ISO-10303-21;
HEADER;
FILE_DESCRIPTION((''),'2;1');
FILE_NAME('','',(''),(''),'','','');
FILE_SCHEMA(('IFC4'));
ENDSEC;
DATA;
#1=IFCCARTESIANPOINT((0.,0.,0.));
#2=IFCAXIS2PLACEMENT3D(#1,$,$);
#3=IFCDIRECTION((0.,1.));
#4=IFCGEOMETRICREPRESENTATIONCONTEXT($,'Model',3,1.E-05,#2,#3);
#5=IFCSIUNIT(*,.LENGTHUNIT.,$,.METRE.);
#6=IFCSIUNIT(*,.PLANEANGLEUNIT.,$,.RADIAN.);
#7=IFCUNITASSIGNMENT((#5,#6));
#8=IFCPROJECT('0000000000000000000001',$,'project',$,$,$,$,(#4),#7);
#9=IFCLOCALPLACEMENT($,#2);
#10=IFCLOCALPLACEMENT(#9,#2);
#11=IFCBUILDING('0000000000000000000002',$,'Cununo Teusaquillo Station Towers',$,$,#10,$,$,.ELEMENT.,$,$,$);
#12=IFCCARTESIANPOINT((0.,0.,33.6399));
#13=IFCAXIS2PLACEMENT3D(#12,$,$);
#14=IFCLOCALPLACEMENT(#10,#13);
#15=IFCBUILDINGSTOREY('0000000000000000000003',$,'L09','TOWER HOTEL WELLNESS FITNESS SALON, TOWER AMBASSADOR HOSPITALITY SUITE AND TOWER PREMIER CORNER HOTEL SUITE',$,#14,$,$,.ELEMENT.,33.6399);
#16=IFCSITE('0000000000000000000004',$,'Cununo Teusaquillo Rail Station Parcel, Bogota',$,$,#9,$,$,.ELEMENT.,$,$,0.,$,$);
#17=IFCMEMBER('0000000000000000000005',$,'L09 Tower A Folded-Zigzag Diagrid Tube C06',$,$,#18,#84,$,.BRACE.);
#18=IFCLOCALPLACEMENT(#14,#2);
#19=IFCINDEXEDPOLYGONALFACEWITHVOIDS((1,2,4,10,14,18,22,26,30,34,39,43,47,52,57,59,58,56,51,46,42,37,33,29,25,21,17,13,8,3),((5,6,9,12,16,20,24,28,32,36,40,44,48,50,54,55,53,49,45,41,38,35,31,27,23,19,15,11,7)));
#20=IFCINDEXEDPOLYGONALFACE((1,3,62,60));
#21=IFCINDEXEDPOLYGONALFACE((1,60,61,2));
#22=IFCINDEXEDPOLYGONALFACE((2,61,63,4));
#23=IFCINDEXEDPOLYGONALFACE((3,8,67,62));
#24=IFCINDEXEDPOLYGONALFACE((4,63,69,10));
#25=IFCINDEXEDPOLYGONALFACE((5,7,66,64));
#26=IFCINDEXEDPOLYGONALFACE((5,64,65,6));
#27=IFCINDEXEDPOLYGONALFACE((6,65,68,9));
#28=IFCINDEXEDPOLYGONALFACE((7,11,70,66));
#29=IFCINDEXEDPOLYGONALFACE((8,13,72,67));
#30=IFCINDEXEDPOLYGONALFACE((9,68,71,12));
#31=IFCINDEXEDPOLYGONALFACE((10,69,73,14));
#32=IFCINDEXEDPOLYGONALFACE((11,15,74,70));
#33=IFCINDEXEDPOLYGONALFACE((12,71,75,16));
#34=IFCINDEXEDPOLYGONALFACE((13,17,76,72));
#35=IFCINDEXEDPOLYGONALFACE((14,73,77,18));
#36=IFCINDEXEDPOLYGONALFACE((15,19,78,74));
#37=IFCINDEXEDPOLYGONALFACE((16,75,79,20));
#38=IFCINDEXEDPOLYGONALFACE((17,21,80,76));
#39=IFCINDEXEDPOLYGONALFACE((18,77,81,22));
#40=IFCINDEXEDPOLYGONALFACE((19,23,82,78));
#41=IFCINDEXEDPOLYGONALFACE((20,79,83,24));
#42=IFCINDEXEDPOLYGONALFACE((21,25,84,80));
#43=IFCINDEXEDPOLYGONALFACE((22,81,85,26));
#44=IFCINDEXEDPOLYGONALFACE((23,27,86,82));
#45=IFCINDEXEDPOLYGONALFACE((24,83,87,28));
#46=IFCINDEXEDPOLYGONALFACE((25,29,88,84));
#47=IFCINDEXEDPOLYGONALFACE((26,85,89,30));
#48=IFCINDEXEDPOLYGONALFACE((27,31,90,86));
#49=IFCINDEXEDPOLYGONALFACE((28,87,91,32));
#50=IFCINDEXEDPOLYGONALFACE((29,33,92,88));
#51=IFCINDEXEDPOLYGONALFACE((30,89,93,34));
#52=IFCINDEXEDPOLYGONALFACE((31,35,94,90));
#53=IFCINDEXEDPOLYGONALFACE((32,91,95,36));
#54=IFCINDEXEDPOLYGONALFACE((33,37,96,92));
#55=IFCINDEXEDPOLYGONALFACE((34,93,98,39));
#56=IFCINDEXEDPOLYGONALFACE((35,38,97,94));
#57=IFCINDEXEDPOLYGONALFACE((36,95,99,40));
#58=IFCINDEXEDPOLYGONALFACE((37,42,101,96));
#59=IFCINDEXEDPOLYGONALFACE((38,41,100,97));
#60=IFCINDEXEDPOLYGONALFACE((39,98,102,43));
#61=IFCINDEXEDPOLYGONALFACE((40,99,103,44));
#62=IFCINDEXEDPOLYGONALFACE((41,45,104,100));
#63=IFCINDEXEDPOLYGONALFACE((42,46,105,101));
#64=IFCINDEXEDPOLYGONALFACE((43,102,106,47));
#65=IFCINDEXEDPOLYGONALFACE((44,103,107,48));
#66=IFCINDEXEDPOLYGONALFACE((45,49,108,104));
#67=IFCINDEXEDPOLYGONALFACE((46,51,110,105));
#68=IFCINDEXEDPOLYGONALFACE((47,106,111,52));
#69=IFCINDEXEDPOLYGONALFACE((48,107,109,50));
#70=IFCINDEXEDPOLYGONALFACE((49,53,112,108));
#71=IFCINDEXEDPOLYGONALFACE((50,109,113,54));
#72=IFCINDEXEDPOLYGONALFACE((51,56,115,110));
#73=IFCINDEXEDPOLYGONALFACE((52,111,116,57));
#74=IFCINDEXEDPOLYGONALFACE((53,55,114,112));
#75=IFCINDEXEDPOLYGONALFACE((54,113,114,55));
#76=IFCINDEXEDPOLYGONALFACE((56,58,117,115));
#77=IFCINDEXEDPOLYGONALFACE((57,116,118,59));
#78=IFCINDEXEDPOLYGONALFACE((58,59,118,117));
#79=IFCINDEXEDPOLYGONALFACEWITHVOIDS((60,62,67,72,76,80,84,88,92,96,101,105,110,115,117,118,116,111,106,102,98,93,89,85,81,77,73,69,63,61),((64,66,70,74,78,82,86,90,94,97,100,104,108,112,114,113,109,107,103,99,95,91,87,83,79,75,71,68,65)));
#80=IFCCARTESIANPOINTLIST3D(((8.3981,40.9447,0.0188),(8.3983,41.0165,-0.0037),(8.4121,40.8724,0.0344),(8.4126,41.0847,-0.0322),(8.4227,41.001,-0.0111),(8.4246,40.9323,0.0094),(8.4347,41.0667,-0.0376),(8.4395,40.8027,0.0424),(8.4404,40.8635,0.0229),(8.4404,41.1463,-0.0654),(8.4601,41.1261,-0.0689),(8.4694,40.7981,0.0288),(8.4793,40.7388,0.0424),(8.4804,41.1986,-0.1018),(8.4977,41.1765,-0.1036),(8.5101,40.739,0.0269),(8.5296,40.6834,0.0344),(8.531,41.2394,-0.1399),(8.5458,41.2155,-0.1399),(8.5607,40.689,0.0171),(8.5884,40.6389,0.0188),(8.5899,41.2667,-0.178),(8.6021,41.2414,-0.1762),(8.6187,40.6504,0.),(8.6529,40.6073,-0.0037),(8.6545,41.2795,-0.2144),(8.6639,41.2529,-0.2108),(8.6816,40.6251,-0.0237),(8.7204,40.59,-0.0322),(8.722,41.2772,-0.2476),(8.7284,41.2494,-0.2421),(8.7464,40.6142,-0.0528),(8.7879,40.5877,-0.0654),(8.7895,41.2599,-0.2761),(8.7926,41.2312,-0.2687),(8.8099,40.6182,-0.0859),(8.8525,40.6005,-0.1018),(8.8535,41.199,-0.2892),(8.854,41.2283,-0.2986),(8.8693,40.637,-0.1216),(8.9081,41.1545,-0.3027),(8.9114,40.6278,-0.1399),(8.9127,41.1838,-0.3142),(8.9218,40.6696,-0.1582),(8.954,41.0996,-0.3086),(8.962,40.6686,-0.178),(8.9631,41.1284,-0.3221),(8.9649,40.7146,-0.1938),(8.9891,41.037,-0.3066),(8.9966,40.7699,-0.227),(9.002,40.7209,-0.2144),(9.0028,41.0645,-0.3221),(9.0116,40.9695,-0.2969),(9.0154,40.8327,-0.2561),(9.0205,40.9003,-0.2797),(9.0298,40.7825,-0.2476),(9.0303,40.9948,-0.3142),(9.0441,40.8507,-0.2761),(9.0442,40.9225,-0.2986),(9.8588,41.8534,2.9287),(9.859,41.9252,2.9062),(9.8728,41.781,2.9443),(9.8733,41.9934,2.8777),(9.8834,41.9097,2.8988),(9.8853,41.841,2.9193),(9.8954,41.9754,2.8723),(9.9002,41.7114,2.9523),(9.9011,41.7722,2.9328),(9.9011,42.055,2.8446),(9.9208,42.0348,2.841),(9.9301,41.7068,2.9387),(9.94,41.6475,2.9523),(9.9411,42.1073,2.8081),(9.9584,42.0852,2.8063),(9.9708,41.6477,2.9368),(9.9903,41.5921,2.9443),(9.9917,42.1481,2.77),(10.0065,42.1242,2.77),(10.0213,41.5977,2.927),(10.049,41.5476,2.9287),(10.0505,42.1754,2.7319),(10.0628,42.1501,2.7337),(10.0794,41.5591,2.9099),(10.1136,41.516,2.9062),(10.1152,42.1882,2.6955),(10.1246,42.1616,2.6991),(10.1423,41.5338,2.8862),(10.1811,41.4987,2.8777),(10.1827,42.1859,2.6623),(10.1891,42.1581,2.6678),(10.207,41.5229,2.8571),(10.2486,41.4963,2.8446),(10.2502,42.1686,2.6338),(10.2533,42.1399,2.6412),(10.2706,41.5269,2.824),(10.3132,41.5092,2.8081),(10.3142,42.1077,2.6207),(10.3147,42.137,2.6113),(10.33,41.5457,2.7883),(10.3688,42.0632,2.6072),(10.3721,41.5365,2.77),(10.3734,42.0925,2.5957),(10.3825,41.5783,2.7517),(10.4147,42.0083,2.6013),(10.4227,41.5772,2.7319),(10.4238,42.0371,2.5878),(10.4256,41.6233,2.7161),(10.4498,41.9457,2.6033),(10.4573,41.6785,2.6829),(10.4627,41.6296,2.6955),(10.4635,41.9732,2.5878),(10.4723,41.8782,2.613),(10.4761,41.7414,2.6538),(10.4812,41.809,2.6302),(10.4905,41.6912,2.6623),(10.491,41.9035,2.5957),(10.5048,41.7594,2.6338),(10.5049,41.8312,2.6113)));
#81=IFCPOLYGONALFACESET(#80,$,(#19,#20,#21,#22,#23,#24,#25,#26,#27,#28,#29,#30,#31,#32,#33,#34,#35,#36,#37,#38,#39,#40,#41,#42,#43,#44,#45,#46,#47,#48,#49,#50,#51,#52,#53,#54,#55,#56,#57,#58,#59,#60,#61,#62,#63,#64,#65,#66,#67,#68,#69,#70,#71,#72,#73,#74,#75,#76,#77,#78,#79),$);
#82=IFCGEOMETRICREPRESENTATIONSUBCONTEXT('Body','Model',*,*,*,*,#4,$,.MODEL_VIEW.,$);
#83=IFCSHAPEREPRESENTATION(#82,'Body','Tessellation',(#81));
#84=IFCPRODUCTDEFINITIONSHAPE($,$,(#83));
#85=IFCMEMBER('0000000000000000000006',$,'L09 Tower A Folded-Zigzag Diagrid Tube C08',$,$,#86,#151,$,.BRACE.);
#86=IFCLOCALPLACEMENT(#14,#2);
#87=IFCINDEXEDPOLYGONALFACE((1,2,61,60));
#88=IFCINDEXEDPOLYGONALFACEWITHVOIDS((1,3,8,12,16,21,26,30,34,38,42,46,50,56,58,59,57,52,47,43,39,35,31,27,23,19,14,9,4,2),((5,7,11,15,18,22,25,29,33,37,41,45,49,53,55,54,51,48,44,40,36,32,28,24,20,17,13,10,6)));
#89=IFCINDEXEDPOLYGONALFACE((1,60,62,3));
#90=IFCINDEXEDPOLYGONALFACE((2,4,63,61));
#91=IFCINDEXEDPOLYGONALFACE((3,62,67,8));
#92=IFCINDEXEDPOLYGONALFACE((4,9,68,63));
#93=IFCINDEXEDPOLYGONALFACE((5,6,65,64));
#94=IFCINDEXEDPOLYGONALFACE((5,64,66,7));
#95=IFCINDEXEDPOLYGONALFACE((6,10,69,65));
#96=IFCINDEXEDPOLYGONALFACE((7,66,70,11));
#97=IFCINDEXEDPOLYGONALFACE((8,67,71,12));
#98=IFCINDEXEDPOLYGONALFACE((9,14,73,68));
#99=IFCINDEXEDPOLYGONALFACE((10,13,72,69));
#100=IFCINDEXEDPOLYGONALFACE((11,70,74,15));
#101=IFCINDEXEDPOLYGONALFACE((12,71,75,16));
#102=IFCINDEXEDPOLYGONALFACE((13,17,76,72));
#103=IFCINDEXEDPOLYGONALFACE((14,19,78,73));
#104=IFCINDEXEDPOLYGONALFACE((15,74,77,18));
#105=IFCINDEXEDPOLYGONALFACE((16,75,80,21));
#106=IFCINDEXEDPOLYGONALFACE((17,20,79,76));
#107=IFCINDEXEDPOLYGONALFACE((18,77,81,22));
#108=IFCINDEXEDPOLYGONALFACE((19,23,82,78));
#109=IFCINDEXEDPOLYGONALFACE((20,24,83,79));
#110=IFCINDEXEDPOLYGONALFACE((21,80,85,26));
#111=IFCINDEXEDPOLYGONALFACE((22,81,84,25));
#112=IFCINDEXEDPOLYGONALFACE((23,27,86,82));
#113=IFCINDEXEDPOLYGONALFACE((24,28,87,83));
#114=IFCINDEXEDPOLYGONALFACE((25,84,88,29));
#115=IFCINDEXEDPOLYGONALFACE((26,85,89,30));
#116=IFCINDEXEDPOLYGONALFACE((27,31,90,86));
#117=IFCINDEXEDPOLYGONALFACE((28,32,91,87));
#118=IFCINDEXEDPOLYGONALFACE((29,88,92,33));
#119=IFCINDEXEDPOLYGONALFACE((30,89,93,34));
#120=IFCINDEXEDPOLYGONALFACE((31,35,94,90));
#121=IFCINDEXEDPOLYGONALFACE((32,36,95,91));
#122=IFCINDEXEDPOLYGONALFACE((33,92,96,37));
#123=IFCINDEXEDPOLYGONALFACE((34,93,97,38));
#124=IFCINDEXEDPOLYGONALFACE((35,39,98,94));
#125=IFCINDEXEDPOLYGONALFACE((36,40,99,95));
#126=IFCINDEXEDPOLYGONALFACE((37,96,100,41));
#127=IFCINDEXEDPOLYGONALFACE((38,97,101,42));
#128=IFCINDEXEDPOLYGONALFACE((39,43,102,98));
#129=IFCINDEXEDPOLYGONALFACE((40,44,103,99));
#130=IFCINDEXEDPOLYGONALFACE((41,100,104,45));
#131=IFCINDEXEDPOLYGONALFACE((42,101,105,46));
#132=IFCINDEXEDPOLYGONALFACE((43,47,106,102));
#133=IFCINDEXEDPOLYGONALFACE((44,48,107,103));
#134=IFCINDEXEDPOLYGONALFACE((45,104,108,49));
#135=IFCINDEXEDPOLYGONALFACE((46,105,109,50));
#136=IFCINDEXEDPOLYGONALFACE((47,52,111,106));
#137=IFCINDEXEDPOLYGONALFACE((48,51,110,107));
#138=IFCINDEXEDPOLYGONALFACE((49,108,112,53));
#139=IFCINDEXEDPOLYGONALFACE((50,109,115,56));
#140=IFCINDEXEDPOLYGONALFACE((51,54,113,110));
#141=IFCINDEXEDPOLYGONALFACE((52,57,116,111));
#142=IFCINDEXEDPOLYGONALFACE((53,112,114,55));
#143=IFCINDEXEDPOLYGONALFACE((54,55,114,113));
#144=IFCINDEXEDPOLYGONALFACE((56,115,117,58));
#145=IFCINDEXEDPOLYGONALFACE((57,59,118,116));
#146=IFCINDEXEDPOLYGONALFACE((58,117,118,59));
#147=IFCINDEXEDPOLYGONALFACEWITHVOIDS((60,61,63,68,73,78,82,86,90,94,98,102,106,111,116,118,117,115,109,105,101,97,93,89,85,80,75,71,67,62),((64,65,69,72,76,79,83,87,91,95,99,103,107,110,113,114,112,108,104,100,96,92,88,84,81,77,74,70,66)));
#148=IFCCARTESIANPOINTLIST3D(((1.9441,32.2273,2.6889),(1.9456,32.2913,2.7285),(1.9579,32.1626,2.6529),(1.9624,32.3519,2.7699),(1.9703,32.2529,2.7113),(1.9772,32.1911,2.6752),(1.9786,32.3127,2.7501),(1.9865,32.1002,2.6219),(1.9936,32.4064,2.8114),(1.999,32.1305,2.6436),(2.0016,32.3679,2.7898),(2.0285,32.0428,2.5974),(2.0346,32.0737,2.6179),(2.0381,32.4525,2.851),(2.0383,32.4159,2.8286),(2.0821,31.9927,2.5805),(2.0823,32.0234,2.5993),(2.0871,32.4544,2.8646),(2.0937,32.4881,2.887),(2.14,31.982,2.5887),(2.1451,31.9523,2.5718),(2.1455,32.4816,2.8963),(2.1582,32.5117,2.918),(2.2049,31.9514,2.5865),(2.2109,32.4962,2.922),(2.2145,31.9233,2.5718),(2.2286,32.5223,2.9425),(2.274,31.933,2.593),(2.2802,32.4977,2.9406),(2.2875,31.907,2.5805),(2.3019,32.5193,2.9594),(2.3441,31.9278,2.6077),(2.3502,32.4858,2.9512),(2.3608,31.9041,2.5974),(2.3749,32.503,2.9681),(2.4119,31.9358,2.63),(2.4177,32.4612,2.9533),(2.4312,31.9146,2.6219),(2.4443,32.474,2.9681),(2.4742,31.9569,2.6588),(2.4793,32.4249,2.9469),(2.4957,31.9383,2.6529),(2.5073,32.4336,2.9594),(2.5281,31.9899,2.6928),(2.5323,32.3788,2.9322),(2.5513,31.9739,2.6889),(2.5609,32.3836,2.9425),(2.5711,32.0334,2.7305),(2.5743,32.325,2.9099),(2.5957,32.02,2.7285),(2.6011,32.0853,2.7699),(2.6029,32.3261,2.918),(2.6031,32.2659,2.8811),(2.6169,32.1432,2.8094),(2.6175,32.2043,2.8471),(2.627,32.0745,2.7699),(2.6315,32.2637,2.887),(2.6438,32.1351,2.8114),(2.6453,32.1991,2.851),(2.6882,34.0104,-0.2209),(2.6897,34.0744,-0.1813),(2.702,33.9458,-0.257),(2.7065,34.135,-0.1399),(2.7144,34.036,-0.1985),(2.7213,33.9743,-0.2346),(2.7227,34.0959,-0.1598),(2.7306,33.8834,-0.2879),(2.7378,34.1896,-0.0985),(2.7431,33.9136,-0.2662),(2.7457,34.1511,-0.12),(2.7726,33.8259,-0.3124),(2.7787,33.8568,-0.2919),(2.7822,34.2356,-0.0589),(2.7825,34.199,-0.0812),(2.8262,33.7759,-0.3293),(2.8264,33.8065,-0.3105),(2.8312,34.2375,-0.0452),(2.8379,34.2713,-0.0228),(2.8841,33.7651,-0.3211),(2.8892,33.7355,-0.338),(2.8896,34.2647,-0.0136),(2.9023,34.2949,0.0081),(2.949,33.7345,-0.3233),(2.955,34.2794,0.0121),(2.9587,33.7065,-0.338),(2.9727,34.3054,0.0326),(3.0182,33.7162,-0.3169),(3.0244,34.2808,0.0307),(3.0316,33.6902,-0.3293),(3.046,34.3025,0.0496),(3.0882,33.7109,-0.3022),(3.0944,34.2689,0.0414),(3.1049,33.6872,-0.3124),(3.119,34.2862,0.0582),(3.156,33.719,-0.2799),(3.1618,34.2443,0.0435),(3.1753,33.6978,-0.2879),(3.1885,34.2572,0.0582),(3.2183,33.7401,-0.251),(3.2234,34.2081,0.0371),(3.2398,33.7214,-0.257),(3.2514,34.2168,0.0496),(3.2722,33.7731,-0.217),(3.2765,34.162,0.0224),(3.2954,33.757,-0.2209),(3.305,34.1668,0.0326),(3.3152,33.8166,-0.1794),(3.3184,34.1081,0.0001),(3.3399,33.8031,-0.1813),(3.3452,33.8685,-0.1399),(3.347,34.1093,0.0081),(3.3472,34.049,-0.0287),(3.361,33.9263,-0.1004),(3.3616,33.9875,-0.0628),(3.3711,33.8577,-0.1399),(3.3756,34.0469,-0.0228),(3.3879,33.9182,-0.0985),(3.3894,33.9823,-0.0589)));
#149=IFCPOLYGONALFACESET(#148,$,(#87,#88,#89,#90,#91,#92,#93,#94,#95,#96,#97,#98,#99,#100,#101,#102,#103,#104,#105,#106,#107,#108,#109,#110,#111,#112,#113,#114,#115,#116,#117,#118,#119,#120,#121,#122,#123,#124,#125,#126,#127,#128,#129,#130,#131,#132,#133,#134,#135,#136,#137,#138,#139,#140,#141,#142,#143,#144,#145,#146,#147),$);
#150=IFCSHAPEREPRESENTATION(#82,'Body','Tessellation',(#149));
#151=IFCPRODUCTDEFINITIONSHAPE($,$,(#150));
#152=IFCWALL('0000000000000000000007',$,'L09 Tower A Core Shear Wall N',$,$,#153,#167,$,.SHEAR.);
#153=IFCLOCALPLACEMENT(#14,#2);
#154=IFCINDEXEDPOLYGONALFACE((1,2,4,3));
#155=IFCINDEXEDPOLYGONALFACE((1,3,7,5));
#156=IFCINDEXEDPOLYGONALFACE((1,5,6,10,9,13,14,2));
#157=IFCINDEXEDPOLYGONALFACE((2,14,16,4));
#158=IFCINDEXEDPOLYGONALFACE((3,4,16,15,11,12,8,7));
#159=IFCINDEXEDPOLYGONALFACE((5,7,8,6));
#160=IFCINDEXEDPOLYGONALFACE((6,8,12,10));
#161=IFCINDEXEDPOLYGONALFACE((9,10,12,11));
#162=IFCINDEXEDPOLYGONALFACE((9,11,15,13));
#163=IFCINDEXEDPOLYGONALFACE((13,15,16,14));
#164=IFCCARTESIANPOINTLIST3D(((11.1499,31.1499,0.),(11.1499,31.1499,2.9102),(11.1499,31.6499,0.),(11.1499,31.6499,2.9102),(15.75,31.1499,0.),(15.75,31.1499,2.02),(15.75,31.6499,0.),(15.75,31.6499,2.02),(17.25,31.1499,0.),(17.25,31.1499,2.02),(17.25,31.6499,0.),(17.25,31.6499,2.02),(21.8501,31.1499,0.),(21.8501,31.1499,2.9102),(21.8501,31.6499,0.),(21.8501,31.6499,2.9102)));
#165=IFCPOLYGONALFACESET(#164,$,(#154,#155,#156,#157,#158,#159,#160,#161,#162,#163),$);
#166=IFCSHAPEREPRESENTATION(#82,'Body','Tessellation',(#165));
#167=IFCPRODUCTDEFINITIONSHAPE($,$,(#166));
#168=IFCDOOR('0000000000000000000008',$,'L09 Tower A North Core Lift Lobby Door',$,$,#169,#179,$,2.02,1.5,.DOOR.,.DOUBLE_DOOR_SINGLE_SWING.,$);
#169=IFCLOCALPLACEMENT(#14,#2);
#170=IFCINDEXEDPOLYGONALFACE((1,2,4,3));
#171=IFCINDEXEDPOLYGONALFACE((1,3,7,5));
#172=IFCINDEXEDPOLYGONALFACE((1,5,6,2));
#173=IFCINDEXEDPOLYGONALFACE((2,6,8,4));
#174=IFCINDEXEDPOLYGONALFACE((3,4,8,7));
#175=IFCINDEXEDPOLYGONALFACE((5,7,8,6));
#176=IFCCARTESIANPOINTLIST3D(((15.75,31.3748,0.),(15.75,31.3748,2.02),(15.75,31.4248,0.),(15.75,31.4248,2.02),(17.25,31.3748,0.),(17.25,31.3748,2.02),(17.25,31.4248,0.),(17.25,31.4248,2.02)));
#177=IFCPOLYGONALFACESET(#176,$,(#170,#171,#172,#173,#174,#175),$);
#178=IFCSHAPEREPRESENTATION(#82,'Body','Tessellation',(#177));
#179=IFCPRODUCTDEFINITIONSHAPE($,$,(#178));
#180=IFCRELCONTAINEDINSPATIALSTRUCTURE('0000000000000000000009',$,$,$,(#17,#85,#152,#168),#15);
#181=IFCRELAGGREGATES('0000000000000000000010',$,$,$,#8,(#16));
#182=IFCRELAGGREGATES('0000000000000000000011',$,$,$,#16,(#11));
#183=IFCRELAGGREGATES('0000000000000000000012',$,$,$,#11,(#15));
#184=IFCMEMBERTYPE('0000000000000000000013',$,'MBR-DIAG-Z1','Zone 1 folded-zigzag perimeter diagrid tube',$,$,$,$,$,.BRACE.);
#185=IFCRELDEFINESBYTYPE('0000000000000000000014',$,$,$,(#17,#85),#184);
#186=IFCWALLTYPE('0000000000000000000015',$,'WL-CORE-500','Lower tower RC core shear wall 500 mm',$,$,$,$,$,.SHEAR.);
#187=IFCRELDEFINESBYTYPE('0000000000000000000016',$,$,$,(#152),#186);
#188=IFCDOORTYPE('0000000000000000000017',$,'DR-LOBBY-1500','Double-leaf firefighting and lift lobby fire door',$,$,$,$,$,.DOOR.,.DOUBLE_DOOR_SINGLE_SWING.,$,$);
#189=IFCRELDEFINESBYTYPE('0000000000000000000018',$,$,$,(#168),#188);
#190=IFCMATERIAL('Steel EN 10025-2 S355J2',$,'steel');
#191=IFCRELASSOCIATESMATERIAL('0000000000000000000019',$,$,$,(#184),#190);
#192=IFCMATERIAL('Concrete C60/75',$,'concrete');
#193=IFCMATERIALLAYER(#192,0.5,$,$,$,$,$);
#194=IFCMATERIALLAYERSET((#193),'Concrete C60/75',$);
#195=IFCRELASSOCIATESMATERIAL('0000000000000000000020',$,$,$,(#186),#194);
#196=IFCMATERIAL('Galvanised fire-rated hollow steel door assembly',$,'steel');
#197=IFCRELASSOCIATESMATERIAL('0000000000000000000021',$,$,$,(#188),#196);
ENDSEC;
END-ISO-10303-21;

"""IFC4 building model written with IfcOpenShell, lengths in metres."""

from ifc_helpers import new_model, si_unit, direction, frame, frame_2d, origin, origin_2d, place, context, subcontext, project, spatial, rectangle, hollow_circle, extrude, source, transform, mapped, material, layer, layer_set, material_profile, profile_set, type_object, element, fill, save


model = new_model("IFC4")

# Units and contexts
model_context = context("Model", 3, precision=1e-05, world=origin(), true_north=direction((0.0, 1.0)))
body_context = subcontext(model_context, "Body", "Model", "MODEL_VIEW")
ifc_project = project(units=[si_unit("LENGTHUNIT", "METRE"), si_unit("PLANEANGLEUNIT", "RADIAN")], contexts=[model_context])

# Site, building, storey
site_placement = place(None, origin())
site = spatial("IfcSite", under=ifc_project, at=site_placement, Name="Cununo Teusaquillo Rail Station Parcel, Bogota", CompositionType="ELEMENT", RefElevation=0.0)
building_placement = place(site_placement, origin())
building = spatial("IfcBuilding", under=site, at=building_placement, Name="Cununo Teusaquillo Station Towers", CompositionType="ELEMENT")
storey_placement = place(building_placement, frame((0.0, 0.0, 33.6399)))
storey = spatial("IfcBuildingStorey", under=building, at=storey_placement, Name="L09", Description="TOWER HOTEL WELLNESS FITNESS SALON, TOWER AMBASSADOR HOSPITALITY SUITE AND TOWER PREMIER CORNER HOTEL SUITE", CompositionType="ELEMENT", Elevation=33.6399)

# Members
ifc_material_1 = material(Name="Steel EN 10025-2 S355J2", Category="steel")
ifc_material_profile_1 = material_profile(ifc_material_1, hollow_circle(Radius=0.3601, WallThickness=0.0281, at=origin_2d()), Name="CHS 720x28")
ifc_profile_set_1 = profile_set([ifc_material_profile_1], Name="Steel EN 10025-2 S355J2")
member_type = type_object("IfcMemberType", Name="MBR-DIAG-Z1", Description="Zone 1 folded-zigzag perimeter diagrid tube", PredefinedType="BRACE", material=ifc_profile_set_1)
member_1_placement = place(storey_placement, frame((8.7212, 40.9336, -0.1399), z_axis=(0.43211, 0.268814, 0.860825), x_axis=(-0.528225, 0.849105, 0.0)))
element("IfcMember", 1, at=member_1_placement, inside=storey, type_object=member_type, Name="L09 Tower A Folded-Zigzag Diagrid Tube C06", PredefinedType="BRACE", context=body_context, shape_type="SweptSolid", body=[
    extrude(hollow_circle(Radius=0.3601, WallThickness=0.0281, at=origin_2d()), origin(), (0.0, 0.0, 1.0), 3.3804),
])
member_2_placement = place(storey_placement, frame((3.0388, 33.9963, -0.1399), z_axis=(-0.213037, -0.510506, 0.833066), x_axis=(0.922867, -0.385118, 0.0)))
element("IfcMember", 2, at=member_2_placement, inside=storey, type_object=member_type, Name="L09 Tower A Folded-Zigzag Diagrid Tube C08", PredefinedType="BRACE", context=body_context, shape_type="SweptSolid", body=[
    extrude(hollow_circle(Radius=0.3601, WallThickness=0.0281, at=origin_2d()), origin(), (0.0, 0.0, 1.0), 3.4929),
])

# Wall, opening, door
ifc_material_2 = material(Name="Concrete C60/75", Category="concrete")
ifc_layer_1 = layer(ifc_material_2, 0.5)
ifc_layer_set_1 = layer_set([ifc_layer_1], Name="Concrete C60/75")
wall_type_1 = type_object("IfcWallType", Name="WL-CORE-500", Description="Lower tower RC core shear wall 500 mm", PredefinedType="SHEAR", material=ifc_layer_set_1)
wall_1_placement = place(storey_placement, frame((11.1499, 31.3999, 0.0), z_axis=(0.0, 0.0, 1.0), x_axis=(1.0, 0.0, 0.0)))
wall_1 = element("IfcWall", 3, at=wall_1_placement, inside=storey, type_object=wall_type_1, Name="L09 Tower A Core Shear Wall N", PredefinedType="SHEAR", context=body_context, shape_type="SweptSolid", body=[
    extrude(rectangle(XDim=10.7002, YDim=0.5, at=frame_2d((5.3501, 0.0))), origin(), (0.0, 0.0, 1.0), 2.9102),
])
shared_shape_1 = source(origin(), body_context, "Body", "SweptSolid", [
    extrude(rectangle(XDim=1.5, YDim=2.02, at=frame_2d((0.75, 1.01))), frame((0.0, 0.26, 0.0), z_axis=(0.0, -1.0, 0.0), x_axis=(1.0, 0.0, 0.0)), (0.0, 0.0, 1.0), 0.52),
])
opening_1_placement = place(wall_1_placement, frame((4.6001, 0.0, 0.0)))
opening_1 = element("IfcOpeningElement", 4, at=opening_1_placement, cuts=wall_1, PredefinedType="OPENING", context=body_context, shape_type="MappedRepresentation", body=[
    mapped(shared_shape_1, transform((0.0, 0.0, 0.0), x_axis=(1.0, 0.0, 0.0), y_axis=(0.0, 1.0, 0.0), z_axis=(0.0, 0.0, 1.0), scale=1.0)),
])
ifc_material_3 = material(Name="Galvanised fire-rated hollow steel door assembly", Category="steel")
door_type_1 = type_object("IfcDoorType", Name="DR-LOBBY-1500", Description="Double-leaf firefighting and lift lobby fire door", OperationType="DOUBLE_DOOR_SINGLE_SWING", PredefinedType="DOOR", material=ifc_material_3)
shared_shape_2 = source(origin(), body_context, "Body", "SweptSolid", [
    extrude(rectangle(XDim=1.5, YDim=2.02, at=frame_2d((0.75, 1.01))), frame((0.0, 0.0249, 0.0), z_axis=(0.0, -1.0, 0.0), x_axis=(1.0, 0.0, 0.0)), (0.0, 0.0, 1.0), 0.05),
])
door_1_placement = place(opening_1_placement, origin())
door_1 = element("IfcDoor", 5, at=door_1_placement, inside=storey, type_object=door_type_1, Name="L09 Tower A North Core Lift Lobby Door", OperationType="DOUBLE_DOOR_SINGLE_SWING", OverallHeight=2.02, OverallWidth=1.5, PredefinedType="DOOR", context=body_context, shape_type="MappedRepresentation", body=[
    mapped(shared_shape_2, transform((0.0, 0.0, 0.0), x_axis=(1.0, 0.0, 0.0), y_axis=(0.0, 1.0, 0.0), z_axis=(0.0, 0.0, 1.0), scale=1.0)),
])
fill(opening_1, door_1)

save(model, "model.ifc")
